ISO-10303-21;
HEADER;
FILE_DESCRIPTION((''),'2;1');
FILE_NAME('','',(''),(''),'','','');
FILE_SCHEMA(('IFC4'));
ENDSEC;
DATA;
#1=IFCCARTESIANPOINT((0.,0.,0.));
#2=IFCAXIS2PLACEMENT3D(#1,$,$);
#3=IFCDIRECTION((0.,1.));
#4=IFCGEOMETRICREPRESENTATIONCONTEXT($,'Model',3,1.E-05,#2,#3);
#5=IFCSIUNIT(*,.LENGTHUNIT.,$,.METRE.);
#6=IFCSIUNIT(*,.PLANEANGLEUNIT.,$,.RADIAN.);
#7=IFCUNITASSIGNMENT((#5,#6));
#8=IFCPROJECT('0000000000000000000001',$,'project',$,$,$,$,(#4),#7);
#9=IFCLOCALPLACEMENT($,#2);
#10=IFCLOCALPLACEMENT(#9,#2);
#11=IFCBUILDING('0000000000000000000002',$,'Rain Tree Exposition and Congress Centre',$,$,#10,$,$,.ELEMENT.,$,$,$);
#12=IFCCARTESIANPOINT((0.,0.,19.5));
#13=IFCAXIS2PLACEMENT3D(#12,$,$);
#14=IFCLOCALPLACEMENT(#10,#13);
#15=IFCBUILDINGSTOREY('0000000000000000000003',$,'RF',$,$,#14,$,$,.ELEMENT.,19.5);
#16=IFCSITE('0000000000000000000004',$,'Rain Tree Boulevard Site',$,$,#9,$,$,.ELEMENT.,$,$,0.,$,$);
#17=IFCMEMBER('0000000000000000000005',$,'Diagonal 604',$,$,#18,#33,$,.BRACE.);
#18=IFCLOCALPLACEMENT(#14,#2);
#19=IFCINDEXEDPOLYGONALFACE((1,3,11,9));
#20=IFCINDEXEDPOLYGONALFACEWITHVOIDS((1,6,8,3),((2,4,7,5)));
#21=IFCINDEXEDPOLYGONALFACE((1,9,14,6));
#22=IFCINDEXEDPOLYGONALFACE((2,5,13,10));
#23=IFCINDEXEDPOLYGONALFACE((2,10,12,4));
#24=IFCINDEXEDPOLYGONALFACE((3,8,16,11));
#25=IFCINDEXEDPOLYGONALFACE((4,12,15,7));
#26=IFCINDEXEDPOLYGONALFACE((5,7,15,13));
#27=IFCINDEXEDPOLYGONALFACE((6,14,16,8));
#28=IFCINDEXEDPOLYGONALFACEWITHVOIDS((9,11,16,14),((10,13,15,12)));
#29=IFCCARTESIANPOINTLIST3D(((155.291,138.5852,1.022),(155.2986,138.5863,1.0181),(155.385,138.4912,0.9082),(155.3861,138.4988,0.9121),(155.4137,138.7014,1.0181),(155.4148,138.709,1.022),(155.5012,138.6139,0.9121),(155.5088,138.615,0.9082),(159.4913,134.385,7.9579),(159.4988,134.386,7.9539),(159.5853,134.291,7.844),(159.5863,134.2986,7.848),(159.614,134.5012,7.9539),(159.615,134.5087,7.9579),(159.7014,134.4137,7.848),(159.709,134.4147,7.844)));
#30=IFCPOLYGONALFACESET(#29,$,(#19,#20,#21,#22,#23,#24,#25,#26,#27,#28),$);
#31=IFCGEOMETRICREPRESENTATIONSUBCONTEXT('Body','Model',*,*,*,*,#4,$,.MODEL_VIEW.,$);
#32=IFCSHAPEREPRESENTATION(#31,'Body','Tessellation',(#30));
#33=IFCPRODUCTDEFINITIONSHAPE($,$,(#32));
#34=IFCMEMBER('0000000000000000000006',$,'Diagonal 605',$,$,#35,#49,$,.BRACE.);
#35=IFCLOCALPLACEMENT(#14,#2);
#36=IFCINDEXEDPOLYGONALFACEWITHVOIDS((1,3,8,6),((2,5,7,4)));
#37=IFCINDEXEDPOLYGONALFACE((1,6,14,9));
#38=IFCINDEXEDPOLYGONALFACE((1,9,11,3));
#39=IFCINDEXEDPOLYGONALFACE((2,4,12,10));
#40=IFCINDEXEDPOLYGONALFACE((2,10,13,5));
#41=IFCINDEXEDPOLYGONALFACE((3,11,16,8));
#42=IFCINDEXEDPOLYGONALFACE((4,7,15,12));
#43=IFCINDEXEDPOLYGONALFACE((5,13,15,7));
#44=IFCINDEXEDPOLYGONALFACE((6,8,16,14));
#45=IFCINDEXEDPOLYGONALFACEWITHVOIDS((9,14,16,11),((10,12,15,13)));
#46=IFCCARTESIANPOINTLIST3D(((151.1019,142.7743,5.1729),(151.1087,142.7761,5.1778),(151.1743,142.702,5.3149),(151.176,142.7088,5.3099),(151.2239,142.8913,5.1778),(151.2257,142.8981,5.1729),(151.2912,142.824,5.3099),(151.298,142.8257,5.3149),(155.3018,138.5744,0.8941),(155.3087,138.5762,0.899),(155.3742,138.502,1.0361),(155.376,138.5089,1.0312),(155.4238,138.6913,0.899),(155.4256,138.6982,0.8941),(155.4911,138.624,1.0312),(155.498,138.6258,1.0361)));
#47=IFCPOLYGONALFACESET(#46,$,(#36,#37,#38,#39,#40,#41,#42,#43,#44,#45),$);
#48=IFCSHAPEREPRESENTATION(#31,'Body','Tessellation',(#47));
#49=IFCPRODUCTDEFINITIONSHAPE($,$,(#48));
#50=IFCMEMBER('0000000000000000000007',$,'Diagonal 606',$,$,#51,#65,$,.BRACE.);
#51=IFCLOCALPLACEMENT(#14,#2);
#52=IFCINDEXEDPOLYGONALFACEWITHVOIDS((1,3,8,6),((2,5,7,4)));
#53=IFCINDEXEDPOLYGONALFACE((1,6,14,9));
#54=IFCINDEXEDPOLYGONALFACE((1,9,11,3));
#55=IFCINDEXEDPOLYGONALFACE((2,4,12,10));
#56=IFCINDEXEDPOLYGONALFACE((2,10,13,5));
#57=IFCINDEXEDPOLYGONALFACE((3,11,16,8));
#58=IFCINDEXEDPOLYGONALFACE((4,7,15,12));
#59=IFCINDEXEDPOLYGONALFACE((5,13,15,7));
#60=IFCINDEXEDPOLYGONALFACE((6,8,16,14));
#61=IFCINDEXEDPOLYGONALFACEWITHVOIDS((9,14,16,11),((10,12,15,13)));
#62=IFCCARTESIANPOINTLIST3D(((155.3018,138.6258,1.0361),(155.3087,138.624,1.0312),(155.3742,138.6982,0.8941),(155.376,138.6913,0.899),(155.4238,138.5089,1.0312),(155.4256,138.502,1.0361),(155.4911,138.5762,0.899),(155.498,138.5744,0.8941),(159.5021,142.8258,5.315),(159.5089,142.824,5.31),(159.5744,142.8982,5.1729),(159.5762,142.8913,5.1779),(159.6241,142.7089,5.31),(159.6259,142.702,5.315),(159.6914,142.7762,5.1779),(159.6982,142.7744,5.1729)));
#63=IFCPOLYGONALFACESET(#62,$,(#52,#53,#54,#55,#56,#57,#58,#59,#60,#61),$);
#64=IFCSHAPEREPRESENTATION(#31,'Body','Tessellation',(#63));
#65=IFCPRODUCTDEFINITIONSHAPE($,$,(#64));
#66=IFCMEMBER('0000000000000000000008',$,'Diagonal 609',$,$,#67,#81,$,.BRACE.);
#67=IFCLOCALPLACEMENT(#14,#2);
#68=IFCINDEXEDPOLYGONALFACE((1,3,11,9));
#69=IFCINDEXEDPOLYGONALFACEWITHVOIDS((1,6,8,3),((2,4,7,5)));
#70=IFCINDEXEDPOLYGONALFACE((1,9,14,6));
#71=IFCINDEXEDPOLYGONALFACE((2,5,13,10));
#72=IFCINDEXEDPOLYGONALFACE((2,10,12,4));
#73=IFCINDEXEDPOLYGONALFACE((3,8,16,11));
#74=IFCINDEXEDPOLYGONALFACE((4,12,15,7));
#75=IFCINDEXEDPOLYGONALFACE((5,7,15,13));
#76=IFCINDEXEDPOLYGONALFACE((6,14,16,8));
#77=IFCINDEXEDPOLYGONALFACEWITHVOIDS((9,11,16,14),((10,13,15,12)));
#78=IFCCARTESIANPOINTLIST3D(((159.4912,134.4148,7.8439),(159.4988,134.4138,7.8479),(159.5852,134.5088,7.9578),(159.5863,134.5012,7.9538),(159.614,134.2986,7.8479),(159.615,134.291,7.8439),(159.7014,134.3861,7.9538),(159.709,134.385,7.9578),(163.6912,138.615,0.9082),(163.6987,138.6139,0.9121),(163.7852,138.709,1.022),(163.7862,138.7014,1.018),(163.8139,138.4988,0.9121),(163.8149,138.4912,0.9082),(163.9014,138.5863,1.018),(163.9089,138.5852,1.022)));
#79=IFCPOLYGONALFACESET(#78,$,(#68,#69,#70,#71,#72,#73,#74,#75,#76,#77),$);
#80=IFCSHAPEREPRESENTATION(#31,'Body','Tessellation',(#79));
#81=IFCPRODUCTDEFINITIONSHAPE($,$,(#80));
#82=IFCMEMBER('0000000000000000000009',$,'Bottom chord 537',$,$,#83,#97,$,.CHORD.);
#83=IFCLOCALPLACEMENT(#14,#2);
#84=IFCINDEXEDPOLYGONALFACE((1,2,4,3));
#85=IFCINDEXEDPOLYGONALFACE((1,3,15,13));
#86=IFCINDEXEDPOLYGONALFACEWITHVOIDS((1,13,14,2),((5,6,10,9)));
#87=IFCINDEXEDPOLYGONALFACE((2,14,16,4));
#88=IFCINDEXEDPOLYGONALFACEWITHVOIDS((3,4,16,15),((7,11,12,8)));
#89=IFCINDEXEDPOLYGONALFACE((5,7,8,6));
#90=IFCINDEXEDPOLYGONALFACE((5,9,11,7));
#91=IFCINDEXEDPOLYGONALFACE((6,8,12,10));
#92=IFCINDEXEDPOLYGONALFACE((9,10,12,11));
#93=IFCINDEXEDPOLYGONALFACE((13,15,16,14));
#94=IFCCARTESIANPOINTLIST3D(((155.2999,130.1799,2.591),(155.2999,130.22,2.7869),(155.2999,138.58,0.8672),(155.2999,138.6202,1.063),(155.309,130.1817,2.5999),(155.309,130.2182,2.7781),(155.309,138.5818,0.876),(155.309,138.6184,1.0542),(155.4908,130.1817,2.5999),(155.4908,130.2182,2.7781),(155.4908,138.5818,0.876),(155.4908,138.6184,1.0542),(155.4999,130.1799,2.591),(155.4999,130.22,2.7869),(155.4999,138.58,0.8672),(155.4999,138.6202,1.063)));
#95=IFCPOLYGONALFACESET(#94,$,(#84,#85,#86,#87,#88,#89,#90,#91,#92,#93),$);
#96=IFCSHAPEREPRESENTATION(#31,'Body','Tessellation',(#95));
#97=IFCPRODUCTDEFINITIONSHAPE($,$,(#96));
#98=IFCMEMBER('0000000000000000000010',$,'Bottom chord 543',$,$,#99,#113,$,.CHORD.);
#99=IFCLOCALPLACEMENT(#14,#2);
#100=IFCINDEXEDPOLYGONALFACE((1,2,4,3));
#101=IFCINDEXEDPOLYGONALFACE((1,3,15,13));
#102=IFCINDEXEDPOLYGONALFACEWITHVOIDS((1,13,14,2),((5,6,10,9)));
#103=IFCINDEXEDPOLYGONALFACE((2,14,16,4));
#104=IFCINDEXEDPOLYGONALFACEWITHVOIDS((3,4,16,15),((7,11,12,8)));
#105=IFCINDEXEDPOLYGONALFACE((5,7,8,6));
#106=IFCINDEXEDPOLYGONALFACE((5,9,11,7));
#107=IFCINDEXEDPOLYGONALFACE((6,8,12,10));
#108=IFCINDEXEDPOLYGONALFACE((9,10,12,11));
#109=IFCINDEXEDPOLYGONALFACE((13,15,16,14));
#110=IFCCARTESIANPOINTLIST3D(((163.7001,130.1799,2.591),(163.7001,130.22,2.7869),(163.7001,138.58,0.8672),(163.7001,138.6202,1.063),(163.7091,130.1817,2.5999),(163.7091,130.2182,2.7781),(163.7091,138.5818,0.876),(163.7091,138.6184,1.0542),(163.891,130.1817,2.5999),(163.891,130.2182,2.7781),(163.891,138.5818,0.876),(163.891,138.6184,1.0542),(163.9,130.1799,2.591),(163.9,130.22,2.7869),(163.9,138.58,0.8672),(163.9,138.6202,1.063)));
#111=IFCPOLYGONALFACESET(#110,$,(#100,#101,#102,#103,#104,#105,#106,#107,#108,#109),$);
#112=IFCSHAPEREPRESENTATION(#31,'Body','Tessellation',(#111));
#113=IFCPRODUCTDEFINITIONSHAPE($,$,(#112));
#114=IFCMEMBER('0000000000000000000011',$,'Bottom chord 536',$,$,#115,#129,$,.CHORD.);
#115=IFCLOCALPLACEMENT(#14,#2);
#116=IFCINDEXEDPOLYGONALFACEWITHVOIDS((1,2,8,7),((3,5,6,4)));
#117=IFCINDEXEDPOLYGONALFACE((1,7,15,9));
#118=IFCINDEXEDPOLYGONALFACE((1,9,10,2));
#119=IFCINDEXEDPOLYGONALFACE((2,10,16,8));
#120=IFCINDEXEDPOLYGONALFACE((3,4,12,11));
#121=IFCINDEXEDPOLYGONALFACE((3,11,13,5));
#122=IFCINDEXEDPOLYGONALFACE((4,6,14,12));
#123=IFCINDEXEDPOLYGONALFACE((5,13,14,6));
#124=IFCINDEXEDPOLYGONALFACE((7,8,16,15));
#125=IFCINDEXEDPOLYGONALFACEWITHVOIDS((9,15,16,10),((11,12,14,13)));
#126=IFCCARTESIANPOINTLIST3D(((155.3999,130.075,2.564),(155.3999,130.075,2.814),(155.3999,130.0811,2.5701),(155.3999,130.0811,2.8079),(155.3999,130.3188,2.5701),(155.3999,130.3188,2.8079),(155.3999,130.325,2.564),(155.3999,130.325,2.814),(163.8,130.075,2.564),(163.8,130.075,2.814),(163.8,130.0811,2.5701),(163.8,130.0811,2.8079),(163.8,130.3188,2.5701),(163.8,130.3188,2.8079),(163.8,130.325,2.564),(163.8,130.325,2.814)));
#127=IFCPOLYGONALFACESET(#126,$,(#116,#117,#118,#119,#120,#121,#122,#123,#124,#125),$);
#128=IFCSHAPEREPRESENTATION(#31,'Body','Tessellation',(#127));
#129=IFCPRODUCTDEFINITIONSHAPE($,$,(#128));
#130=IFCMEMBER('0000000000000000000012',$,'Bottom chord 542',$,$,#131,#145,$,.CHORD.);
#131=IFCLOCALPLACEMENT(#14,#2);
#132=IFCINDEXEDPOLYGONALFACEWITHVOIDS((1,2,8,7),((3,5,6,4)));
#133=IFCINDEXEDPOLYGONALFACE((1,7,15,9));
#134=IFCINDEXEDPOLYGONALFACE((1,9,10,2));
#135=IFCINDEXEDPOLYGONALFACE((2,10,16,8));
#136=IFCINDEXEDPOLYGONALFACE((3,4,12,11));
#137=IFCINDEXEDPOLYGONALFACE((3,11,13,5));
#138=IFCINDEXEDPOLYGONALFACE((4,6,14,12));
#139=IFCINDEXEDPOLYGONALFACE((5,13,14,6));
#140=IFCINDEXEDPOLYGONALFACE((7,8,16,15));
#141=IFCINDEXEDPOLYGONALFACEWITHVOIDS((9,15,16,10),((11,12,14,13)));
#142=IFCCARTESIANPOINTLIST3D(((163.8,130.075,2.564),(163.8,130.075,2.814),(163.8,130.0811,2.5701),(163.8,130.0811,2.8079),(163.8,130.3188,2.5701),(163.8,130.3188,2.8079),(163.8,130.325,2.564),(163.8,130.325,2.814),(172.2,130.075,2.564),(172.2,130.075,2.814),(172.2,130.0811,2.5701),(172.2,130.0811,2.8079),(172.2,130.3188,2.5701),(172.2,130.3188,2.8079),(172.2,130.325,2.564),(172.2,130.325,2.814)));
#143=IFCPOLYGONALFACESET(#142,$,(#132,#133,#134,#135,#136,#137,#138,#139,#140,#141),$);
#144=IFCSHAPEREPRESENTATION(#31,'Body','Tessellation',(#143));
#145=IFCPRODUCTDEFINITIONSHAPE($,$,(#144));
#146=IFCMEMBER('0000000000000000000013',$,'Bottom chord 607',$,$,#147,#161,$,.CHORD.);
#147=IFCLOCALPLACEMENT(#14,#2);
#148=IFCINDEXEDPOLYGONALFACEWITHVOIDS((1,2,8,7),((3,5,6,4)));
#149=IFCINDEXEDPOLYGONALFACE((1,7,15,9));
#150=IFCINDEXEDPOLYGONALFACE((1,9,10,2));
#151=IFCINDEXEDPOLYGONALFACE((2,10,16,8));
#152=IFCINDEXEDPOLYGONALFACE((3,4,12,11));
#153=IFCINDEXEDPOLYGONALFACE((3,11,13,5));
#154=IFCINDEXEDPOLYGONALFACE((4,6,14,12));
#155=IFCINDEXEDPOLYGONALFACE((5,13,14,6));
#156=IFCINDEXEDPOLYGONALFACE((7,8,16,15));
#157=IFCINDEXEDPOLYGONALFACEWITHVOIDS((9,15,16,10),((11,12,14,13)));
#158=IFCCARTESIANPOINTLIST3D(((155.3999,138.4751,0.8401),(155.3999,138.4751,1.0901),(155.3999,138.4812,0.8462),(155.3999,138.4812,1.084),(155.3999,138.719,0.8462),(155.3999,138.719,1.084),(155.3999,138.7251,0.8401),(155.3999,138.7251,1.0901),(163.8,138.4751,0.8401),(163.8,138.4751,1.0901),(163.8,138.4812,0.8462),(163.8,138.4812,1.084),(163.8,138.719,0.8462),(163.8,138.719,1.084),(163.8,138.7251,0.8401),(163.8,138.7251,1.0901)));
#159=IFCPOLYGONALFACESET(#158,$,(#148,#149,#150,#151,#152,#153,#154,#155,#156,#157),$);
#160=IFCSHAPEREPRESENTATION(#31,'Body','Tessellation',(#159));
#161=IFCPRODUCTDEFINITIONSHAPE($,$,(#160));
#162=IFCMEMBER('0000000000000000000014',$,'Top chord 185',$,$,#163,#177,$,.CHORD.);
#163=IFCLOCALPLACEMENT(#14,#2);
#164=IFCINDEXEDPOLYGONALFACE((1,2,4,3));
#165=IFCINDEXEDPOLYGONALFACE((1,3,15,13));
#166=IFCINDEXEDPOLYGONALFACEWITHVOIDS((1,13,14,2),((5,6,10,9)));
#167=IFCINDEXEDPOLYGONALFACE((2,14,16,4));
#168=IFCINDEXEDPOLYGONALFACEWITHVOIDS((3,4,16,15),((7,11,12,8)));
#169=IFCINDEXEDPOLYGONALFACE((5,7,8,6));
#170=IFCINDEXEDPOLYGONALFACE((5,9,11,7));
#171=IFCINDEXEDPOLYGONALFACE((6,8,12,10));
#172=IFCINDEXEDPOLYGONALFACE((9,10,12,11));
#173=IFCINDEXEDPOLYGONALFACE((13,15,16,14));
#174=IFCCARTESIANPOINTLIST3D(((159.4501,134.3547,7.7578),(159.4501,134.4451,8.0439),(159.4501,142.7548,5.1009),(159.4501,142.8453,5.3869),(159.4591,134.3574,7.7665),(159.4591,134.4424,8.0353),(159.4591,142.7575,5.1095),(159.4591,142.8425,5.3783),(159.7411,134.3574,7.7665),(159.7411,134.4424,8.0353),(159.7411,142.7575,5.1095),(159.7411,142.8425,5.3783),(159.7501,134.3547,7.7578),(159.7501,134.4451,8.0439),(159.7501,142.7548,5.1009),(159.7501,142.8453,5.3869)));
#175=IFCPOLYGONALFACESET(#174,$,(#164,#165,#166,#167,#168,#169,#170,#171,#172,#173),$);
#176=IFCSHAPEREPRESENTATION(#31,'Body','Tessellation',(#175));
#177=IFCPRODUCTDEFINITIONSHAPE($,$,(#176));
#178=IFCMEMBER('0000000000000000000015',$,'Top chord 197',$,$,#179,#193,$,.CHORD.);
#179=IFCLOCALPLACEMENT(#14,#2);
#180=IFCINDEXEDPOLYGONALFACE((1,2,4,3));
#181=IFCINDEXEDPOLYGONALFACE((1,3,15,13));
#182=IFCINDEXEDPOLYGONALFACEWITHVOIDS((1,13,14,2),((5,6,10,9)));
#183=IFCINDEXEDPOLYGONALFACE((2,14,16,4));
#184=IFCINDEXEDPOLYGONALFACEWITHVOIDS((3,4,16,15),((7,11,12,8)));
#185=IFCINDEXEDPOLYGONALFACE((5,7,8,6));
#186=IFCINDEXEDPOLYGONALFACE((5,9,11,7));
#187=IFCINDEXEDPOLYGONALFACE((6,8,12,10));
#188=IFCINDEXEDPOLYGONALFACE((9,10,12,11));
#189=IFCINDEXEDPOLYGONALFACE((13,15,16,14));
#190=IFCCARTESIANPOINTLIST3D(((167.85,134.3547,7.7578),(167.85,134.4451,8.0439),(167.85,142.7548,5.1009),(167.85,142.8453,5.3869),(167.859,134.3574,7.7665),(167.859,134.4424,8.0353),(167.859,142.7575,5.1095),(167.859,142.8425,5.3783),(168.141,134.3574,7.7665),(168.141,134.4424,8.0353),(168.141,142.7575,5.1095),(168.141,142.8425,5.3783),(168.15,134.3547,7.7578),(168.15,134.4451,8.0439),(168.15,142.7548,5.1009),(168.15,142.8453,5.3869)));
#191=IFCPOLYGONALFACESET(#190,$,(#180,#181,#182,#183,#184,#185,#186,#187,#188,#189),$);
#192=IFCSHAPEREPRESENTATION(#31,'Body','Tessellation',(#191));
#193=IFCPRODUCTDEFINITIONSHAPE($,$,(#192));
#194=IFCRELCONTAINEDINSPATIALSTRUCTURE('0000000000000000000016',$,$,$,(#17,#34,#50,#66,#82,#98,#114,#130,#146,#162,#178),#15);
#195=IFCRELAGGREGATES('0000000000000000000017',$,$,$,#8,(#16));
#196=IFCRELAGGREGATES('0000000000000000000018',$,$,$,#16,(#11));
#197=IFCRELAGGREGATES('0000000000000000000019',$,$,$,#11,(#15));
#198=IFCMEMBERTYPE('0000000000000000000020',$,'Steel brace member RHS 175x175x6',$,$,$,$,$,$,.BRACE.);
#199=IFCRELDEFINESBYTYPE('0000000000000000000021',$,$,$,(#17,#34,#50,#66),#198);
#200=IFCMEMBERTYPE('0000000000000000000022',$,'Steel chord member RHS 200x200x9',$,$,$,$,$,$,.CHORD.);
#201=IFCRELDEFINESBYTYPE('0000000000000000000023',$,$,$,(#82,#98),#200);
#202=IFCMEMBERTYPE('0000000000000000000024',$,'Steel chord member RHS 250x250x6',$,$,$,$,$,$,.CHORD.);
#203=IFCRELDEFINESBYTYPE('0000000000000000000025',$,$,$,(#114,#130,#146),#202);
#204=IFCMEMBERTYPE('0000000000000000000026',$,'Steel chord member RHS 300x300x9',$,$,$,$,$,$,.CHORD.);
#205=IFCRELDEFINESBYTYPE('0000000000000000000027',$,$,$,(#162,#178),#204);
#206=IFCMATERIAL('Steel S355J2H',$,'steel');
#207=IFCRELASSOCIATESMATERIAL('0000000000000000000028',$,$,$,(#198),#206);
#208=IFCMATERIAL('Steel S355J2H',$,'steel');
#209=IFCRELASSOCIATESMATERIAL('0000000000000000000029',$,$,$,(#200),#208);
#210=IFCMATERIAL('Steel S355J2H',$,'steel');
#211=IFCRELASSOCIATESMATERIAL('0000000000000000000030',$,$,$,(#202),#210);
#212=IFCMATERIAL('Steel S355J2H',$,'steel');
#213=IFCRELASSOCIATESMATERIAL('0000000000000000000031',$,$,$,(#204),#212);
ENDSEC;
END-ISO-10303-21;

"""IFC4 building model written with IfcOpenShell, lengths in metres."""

from ifc_helpers import new_model, si_unit, direction, frame, origin, origin_2d, place, context, subcontext, project, spatial, hollow_rectangle, extrude, material, material_profile, profile_set, type_object, element, save


model = new_model("IFC4")

# Units and contexts
model_context = context("Model", 3, precision=1e-05, world=origin(), true_north=direction((0.0, 1.0)))
body_context = subcontext(model_context, "Body", "Model", "MODEL_VIEW")
ifc_project = project(units=[si_unit("LENGTHUNIT", "METRE"), si_unit("PLANEANGLEUNIT", "RADIAN")], contexts=[model_context])

# Site, building, storey
site_placement = place(None, origin())
site = spatial("IfcSite", under=ifc_project, at=site_placement, Name="Rain Tree Boulevard Site", CompositionType="ELEMENT", RefElevation=0.0)
building_placement = place(site_placement, origin())
building = spatial("IfcBuilding", under=site, at=building_placement, Name="Rain Tree Exposition and Congress Centre", CompositionType="ELEMENT")
storey_placement = place(building_placement, frame((0.0, 0.0, 19.5)))
storey = spatial("IfcBuildingStorey", under=building, at=storey_placement, Name="RF", CompositionType="ELEMENT", Elevation=19.5)

# Members
ifc_material_1 = material(Name="Steel S355J2H", Category="steel")
ifc_material_profile_1 = material_profile(ifc_material_1, hollow_rectangle(XDim=0.175, YDim=0.175, WallThickness=0.0061, at=origin_2d()), Name="RHS 175x175x6")
ifc_profile_set_1 = profile_set([ifc_material_profile_1], Name="Steel S355J2H")
member_type_1 = type_object("IfcMemberType", Name="Steel brace member RHS 175x175x6", PredefinedType="BRACE", material=ifc_profile_set_1)
member_1_placement = place(storey_placement, frame((155.3999, 138.6001, 0.9651), z_axis=(0.459956, -0.459956, 0.759527), x_axis=(0.707107, 0.707107, 0.0)))
element("IfcMember", 1, at=member_1_placement, inside=storey, type_object=member_type_1, Name="Diagonal 604", PredefinedType="BRACE", context=body_context, shape_type="SweptSolid", body=[
    extrude(hollow_rectangle(XDim=0.175, YDim=0.175, WallThickness=0.0061, at=origin_2d()), origin(), (0.0, 0.0, 1.0), 9.1318),
])
member_2_placement = place(storey_placement, frame((155.3999, 138.6001, 0.9651), z_axis=(-0.573737, 0.573737, 0.58451), x_axis=(-0.707107, -0.707107, 0.0)))
element("IfcMember", 2, at=member_2_placement, inside=storey, type_object=member_type_1, Name="Diagonal 605", PredefinedType="BRACE", context=body_context, shape_type="SweptSolid", body=[
    extrude(hollow_rectangle(XDim=0.175, YDim=0.175, WallThickness=0.0061, at=origin_2d()), origin(), (0.0, 0.0, 1.0), 7.3203),
])
member_3_placement = place(storey_placement, frame((155.3999, 138.6001, 0.9651), z_axis=(0.57376, 0.573726, 0.584498), x_axis=(-0.707086, 0.707127, 0.0)))
element("IfcMember", 3, at=member_3_placement, inside=storey, type_object=member_type_1, Name="Diagonal 606", PredefinedType="BRACE", context=body_context, shape_type="SweptSolid", body=[
    extrude(hollow_rectangle(XDim=0.175, YDim=0.175, WallThickness=0.0061, at=origin_2d()), origin(), (0.0, 0.0, 1.0), 7.3206),
])
member_4_placement = place(storey_placement, frame((163.8, 138.6001, 0.9651), z_axis=(-0.459935, -0.459962, 0.759536), x_axis=(0.707127, -0.707086, 0.0)))
element("IfcMember", 4, at=member_4_placement, inside=storey, type_object=member_type_1, Name="Diagonal 609", PredefinedType="BRACE", context=body_context, shape_type="SweptSolid", body=[
    extrude(hollow_rectangle(XDim=0.175, YDim=0.175, WallThickness=0.0061, at=origin_2d()), origin(), (0.0, 0.0, 1.0), 9.1316),
])
ifc_material_2 = material(Name="Steel S355J2H", Category="steel")
ifc_material_profile_2 = material_profile(ifc_material_2, hollow_rectangle(XDim=0.2, YDim=0.2, WallThickness=0.009, at=origin_2d()), Name="RHS 200x200x9")
ifc_profile_set_2 = profile_set([ifc_material_profile_2], Name="Steel S355J2H")
member_type_2 = type_object("IfcMemberType", Name="Steel chord member RHS 200x200x9", PredefinedType="CHORD", material=ifc_profile_set_2)
for number, where, z_axis, x_axis, name in (
    (5, (155.3999, 130.2, 2.689), (0.0, 0.979585, -0.20103), (-1.0, 0.0, 0.0), "Bottom chord 537"),
    (6, (163.8, 130.2, 2.689), (0.0, 0.979585, -0.20103), (-1.0, 0.0, 0.0), "Bottom chord 543"),
):
    element("IfcMember", number, at=place(storey_placement, frame(where, z_axis=z_axis, x_axis=x_axis)), inside=storey, type_object=member_type_2, Name=name, PredefinedType="CHORD", context=body_context, shape_type="SweptSolid", body=[
        extrude(hollow_rectangle(XDim=0.2, YDim=0.2, WallThickness=0.009, at=origin_2d()), origin(), (0.0, 0.0, 1.0), 8.5752),
    ])
ifc_material_3 = material(Name="Steel S355J2H", Category="steel")
ifc_material_profile_3 = material_profile(ifc_material_3, hollow_rectangle(XDim=0.25, YDim=0.25, WallThickness=0.0061, at=origin_2d()), Name="RHS 250x250x6")
ifc_profile_set_3 = profile_set([ifc_material_profile_3], Name="Steel S355J2H")
member_type_3 = type_object("IfcMemberType", Name="Steel chord member RHS 250x250x6", PredefinedType="CHORD", material=ifc_profile_set_3)
member_5_placement = place(storey_placement, frame((155.3999, 130.2, 2.689), z_axis=(1.0, 0.0, 0.0), x_axis=(0.0, 1.0, 0.0)))
element("IfcMember", 7, at=member_5_placement, inside=storey, type_object=member_type_3, Name="Bottom chord 536", PredefinedType="CHORD", context=body_context, shape_type="SweptSolid", body=[
    extrude(hollow_rectangle(XDim=0.25, YDim=0.25, WallThickness=0.0061, at=origin_2d()), origin(), (0.0, 0.0, 1.0), 8.4001),
])
member_6_placement = place(storey_placement, frame((163.8, 130.2, 2.689), z_axis=(1.0, 0.0, 0.0), x_axis=(0.0, 1.0, 0.0)))
element("IfcMember", 8, at=member_6_placement, inside=storey, type_object=member_type_3, Name="Bottom chord 542", PredefinedType="CHORD", context=body_context, shape_type="SweptSolid", body=[
    extrude(hollow_rectangle(XDim=0.25, YDim=0.25, WallThickness=0.0061, at=origin_2d()), origin(), (0.0, 0.0, 1.0), 8.3999),
])
member_7_placement = place(storey_placement, frame((155.3999, 138.6001, 0.9651), z_axis=(1.0, 0.0, 0.0), x_axis=(0.0, 1.0, 0.0)))
element("IfcMember", 9, at=member_7_placement, inside=storey, type_object=member_type_3, Name="Bottom chord 607", PredefinedType="CHORD", context=body_context, shape_type="SweptSolid", body=[
    extrude(hollow_rectangle(XDim=0.25, YDim=0.25, WallThickness=0.0061, at=origin_2d()), origin(), (0.0, 0.0, 1.0), 8.4001),
])
ifc_material_4 = material(Name="Steel S355J2H", Category="steel")
ifc_material_profile_4 = material_profile(ifc_material_4, hollow_rectangle(XDim=0.3, YDim=0.3, WallThickness=0.009, at=origin_2d()), Name="RHS 300x300x9")
ifc_profile_set_4 = profile_set([ifc_material_profile_4], Name="Steel S355J2H")
member_type_4 = type_object("IfcMemberType", Name="Steel chord member RHS 300x300x9", PredefinedType="CHORD", material=ifc_profile_set_4)
for number, where, z_axis, x_axis, name in (
    (10, (159.6001, 134.3999, 7.9009), (0.0, 0.953442, -0.301576), (-1.0, 0.0, 0.0), "Top chord 185"),
    (11, (168.0, 134.3999, 7.9009), (0.0, 0.953442, -0.301576), (-1.0, 0.0, 0.0), "Top chord 197"),
):
    element("IfcMember", number, at=place(storey_placement, frame(where, z_axis=z_axis, x_axis=x_axis)), inside=storey, type_object=member_type_4, Name=name, PredefinedType="CHORD", context=body_context, shape_type="SweptSolid", body=[
        extrude(hollow_rectangle(XDim=0.3, YDim=0.3, WallThickness=0.009, at=origin_2d()), origin(), (0.0, 0.0, 1.0), 8.8103),
    ])

save(model, "model.ifc")
